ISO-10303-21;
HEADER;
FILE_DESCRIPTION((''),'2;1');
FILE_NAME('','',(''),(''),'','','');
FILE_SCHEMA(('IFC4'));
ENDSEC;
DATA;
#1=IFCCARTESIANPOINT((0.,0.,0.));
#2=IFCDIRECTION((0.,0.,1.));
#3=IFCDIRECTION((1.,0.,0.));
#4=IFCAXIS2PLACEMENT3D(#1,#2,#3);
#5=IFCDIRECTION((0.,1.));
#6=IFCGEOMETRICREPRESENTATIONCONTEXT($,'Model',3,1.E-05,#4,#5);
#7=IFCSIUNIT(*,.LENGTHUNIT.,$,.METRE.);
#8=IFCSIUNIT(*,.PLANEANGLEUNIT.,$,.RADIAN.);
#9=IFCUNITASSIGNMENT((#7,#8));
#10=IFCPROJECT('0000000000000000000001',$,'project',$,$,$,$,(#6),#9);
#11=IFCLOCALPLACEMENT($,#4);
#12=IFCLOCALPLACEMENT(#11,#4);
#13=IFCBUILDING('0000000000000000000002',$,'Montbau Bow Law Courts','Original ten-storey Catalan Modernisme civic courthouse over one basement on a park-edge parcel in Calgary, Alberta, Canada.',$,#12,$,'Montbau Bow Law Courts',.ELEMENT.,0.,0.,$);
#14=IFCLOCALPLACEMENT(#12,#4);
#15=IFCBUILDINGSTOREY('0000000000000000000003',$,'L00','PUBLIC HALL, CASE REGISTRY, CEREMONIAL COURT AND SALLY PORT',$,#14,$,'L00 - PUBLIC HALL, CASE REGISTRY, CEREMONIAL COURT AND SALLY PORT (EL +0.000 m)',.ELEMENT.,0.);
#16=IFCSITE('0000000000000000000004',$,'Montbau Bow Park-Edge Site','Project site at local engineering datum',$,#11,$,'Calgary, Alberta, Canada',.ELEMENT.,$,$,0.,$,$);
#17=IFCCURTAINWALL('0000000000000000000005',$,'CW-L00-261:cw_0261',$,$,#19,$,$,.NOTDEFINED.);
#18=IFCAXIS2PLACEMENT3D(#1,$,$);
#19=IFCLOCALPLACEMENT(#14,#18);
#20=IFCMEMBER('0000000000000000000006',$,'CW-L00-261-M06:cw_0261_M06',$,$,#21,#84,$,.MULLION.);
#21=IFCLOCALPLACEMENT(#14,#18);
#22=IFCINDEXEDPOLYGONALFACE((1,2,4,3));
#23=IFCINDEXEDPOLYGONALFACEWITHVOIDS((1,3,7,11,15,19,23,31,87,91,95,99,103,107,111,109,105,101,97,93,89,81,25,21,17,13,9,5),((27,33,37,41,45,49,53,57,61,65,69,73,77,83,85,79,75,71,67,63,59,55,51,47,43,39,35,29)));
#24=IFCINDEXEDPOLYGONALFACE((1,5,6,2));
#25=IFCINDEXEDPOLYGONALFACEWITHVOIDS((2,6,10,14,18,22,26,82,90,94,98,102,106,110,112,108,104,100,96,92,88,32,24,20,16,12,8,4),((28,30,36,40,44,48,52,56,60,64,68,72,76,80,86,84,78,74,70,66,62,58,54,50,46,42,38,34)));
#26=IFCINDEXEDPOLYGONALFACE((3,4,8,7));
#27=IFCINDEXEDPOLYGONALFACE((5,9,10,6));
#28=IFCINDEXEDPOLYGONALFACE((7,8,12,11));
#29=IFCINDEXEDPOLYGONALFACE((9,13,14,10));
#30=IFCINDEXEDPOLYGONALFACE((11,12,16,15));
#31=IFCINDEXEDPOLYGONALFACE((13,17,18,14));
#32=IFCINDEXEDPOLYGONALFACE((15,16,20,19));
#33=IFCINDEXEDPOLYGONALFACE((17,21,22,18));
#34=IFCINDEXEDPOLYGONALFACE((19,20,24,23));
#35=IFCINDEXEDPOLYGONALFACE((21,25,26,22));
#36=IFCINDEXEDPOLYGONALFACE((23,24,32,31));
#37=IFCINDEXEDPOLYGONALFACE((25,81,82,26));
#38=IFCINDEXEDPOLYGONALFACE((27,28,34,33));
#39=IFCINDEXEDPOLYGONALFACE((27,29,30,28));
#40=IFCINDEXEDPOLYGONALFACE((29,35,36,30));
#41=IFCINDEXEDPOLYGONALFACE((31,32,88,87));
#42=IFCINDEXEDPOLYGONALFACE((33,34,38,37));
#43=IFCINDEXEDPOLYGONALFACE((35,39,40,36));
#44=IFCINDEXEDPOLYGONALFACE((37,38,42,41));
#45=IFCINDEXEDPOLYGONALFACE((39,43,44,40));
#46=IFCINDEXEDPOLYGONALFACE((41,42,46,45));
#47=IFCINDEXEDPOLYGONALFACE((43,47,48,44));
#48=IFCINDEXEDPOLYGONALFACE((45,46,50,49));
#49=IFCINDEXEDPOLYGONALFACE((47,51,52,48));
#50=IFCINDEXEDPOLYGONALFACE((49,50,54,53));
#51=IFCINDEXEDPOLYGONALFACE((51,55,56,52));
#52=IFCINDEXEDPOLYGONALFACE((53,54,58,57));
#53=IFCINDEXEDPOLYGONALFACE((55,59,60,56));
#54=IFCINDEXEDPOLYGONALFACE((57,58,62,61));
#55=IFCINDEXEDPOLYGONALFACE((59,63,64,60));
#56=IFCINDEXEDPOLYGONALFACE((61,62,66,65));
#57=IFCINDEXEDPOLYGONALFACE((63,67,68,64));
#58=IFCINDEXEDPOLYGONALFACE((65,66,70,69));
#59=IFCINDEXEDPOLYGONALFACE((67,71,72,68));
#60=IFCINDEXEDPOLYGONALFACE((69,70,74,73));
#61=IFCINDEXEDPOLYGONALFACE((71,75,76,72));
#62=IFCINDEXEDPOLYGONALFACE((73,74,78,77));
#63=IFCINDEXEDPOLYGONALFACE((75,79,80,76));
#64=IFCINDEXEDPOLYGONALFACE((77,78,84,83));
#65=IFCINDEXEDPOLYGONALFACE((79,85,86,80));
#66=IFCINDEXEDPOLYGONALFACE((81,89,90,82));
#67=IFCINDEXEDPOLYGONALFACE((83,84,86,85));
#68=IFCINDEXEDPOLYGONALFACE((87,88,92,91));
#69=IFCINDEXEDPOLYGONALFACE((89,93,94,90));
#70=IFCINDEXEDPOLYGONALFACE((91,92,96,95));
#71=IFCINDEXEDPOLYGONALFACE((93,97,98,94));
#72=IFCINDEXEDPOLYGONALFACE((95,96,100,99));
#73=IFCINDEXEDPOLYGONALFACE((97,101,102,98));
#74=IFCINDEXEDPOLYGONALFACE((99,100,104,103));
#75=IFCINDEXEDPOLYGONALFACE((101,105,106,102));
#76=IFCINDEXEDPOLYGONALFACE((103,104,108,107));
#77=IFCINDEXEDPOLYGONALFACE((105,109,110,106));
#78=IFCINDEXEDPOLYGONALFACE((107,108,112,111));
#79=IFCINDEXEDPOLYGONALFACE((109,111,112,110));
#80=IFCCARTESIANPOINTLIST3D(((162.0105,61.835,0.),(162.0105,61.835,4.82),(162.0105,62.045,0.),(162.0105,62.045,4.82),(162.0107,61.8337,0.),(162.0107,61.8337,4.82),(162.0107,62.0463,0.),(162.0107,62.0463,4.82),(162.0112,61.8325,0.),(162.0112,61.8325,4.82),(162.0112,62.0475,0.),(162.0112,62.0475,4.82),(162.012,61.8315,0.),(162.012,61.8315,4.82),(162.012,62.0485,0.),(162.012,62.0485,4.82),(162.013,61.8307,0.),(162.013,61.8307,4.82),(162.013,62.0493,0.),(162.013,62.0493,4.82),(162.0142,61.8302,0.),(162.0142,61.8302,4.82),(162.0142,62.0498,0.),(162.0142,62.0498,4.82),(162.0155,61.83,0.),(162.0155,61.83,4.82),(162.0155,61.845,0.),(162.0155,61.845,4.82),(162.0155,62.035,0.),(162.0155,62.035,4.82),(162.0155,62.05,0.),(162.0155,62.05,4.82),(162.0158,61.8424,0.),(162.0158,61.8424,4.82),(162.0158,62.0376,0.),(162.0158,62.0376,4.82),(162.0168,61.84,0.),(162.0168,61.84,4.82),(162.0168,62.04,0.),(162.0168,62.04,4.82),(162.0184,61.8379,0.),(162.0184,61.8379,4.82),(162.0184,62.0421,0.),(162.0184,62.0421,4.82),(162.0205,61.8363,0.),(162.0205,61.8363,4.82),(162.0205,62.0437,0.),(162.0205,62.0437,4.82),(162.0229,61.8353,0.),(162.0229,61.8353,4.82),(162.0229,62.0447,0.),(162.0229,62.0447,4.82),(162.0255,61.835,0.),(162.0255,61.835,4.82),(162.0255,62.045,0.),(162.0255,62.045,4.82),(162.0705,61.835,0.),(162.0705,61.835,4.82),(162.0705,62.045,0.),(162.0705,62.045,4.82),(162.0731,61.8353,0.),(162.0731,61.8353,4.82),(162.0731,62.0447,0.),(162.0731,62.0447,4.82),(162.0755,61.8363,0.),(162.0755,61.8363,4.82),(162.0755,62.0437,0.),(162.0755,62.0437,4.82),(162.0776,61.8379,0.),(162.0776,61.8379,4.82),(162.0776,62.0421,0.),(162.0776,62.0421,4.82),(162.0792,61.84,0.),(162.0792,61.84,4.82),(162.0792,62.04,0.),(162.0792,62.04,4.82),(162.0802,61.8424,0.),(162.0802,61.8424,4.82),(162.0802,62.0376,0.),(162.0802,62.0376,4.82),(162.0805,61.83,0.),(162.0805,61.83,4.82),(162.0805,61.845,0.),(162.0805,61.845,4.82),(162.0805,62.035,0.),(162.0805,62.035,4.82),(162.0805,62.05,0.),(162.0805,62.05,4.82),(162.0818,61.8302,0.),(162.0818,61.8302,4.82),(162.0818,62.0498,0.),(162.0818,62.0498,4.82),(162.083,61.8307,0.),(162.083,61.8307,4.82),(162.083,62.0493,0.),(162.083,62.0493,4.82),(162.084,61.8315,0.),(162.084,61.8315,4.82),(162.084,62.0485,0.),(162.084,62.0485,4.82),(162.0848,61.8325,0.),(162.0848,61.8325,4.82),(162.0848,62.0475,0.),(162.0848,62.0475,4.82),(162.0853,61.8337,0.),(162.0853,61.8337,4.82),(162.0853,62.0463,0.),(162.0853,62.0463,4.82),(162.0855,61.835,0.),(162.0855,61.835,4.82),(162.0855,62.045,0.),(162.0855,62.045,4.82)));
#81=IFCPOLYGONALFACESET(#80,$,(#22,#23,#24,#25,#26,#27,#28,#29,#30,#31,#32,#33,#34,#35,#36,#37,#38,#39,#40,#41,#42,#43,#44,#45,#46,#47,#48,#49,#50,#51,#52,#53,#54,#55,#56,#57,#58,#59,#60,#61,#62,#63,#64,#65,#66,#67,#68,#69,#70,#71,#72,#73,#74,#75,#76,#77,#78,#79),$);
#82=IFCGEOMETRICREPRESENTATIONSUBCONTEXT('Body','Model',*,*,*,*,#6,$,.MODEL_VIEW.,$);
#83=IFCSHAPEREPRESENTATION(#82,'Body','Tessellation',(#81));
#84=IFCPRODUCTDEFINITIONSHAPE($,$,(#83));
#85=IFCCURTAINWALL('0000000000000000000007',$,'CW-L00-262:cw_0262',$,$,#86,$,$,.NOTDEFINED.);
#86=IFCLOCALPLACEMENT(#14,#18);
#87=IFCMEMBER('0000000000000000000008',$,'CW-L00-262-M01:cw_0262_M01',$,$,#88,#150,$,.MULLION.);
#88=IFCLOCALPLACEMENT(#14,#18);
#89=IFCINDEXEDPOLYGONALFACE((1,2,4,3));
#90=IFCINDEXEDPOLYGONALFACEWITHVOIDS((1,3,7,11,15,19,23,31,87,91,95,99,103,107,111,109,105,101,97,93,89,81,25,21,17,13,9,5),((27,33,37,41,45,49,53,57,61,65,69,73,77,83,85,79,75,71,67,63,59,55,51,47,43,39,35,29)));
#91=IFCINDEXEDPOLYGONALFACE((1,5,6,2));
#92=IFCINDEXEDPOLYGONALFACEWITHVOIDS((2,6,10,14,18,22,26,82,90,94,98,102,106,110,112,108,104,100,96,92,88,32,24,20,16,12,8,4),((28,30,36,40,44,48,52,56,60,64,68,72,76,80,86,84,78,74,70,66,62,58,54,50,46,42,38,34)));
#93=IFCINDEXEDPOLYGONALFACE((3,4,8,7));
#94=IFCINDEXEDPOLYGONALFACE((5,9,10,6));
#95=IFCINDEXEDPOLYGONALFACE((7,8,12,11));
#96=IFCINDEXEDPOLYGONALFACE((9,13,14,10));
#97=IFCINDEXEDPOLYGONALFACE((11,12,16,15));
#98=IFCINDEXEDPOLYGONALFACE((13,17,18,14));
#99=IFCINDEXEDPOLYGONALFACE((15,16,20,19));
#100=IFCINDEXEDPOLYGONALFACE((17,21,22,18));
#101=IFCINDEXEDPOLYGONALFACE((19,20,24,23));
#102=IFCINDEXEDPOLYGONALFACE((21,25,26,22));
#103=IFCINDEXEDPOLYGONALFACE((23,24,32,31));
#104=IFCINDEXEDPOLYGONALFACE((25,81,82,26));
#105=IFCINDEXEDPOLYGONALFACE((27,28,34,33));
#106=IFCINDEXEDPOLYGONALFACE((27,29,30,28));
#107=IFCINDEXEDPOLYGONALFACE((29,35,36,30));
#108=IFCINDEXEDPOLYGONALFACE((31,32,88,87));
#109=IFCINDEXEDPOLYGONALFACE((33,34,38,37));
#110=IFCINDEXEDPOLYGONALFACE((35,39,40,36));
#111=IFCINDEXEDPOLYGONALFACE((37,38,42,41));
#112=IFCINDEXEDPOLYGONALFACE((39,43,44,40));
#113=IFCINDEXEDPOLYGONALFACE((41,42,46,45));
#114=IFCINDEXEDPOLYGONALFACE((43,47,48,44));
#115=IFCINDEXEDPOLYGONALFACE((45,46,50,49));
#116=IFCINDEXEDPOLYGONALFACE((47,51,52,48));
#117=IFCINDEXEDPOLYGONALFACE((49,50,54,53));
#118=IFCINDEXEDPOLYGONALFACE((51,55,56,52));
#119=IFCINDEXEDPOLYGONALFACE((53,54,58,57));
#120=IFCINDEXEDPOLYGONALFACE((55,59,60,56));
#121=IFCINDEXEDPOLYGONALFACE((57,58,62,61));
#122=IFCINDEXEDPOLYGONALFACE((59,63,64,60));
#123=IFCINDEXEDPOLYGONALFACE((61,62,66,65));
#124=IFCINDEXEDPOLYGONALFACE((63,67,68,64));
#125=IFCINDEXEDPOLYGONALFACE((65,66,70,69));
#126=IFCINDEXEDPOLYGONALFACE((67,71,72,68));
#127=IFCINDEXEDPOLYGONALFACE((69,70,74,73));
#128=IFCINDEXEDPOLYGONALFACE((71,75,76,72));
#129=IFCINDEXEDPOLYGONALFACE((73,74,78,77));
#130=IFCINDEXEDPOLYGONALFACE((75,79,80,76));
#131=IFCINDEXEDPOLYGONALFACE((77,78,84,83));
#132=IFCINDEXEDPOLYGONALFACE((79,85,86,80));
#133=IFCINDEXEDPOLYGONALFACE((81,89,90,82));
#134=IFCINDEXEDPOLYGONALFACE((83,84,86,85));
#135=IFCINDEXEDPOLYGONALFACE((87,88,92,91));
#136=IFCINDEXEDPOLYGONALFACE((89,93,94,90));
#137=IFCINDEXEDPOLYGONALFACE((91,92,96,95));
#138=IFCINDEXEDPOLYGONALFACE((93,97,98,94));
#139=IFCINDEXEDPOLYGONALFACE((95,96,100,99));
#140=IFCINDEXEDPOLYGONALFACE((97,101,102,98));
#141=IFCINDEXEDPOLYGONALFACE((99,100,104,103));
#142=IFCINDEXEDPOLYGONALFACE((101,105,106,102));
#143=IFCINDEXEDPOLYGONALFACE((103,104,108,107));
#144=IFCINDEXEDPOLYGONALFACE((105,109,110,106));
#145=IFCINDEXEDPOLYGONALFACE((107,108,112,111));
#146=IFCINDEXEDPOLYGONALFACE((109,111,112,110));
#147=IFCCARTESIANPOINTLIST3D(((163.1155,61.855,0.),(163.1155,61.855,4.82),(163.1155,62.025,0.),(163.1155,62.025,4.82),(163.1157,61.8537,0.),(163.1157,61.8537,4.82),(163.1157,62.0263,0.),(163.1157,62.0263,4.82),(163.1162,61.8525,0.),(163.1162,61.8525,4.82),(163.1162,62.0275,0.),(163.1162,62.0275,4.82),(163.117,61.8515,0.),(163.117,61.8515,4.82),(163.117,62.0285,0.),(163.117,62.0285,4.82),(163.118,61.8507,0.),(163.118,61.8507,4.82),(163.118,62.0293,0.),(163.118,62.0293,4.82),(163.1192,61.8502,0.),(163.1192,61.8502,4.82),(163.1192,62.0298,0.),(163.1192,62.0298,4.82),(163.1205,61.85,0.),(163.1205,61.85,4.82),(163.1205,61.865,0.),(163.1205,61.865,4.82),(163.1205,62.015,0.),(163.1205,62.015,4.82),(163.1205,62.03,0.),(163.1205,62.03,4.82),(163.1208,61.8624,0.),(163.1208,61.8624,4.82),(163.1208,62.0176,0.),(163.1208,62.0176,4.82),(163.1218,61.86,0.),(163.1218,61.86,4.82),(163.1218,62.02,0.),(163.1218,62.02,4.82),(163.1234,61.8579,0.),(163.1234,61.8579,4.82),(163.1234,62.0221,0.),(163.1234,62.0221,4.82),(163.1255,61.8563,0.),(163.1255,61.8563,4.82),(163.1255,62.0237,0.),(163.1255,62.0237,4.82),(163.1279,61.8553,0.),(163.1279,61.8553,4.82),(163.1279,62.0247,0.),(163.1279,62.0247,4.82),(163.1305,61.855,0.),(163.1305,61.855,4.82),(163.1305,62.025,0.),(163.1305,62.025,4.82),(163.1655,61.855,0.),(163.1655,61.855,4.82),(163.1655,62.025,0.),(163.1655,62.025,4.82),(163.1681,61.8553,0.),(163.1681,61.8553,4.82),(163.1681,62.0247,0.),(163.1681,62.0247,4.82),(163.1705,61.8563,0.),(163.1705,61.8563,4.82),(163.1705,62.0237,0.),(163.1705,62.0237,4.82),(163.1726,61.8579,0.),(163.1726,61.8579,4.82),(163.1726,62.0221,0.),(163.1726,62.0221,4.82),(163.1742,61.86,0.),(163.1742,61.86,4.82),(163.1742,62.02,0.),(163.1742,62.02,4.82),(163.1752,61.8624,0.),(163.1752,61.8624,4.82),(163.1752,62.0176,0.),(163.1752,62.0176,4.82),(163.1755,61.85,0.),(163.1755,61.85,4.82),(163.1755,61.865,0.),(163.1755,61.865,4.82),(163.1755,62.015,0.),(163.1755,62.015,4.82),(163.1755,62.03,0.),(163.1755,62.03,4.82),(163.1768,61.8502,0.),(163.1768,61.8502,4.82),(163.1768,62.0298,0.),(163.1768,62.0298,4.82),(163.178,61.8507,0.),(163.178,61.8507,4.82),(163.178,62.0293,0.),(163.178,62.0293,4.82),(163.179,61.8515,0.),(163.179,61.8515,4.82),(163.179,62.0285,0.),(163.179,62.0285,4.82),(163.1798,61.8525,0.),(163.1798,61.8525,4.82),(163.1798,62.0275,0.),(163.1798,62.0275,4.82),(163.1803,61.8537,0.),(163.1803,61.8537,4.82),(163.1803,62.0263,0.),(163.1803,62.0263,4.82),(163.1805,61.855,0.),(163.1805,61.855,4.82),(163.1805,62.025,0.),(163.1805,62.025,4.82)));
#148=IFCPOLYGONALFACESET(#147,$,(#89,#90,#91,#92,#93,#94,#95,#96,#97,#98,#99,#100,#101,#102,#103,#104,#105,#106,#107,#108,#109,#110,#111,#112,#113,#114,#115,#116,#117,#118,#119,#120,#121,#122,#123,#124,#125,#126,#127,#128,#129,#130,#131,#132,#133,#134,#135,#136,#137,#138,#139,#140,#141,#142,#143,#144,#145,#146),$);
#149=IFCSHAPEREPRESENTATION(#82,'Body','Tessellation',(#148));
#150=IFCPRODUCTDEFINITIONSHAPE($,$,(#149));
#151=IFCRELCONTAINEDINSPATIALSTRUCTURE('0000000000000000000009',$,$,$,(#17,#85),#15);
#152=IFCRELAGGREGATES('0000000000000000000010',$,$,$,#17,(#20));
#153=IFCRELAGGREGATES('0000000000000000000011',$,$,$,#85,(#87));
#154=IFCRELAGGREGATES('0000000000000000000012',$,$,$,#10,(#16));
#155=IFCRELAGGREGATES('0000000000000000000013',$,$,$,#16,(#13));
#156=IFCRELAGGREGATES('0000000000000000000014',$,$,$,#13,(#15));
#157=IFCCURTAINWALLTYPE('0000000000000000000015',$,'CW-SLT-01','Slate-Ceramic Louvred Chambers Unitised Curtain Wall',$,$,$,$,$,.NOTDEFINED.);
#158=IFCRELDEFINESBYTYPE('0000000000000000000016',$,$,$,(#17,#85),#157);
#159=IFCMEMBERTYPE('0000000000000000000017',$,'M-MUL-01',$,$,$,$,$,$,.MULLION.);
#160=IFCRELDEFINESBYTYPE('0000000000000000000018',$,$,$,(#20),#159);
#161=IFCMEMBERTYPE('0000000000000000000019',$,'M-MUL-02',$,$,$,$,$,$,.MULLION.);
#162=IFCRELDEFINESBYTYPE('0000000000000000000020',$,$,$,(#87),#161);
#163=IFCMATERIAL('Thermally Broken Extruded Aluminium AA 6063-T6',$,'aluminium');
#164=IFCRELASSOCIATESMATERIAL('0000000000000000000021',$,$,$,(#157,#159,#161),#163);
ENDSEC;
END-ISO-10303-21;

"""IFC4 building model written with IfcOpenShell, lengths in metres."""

from ifc_helpers import new_model, si_unit, direction, frame, origin_with_axes, origin_2d_with_axis, place, context, subcontext, project, spatial, hollow_rectangle, extrude, material, material_profile, profile_set, type_object, element, aggregate, save


model = new_model("IFC4")

# Units and contexts
model_context = context("Model", 3, precision=1e-05, world=origin_with_axes(), true_north=direction((0.0, 1.0)))
body_context = subcontext(model_context, "Body", "Model", "MODEL_VIEW")
ifc_project = project(units=[si_unit("LENGTHUNIT", "METRE"), si_unit("PLANEANGLEUNIT", "RADIAN")], contexts=[model_context])

# Site, building, storey
site_placement = place(None, origin_with_axes())
site = spatial("IfcSite", under=ifc_project, at=site_placement, Name="Montbau Bow Park-Edge Site", Description="Project site at local engineering datum", LongName="Calgary, Alberta, Canada", CompositionType="ELEMENT", RefElevation=0.0)
building_placement = place(site_placement, origin_with_axes())
building = spatial("IfcBuilding", under=site, at=building_placement, Name="Montbau Bow Law Courts", Description="Original ten-storey Catalan Modernisme civic courthouse over one basement on a park-edge parcel in Calgary, Alberta, Canada.", LongName="Montbau Bow Law Courts", CompositionType="ELEMENT", ElevationOfRefHeight=0.0, ElevationOfTerrain=0.0)
storey_placement = place(building_placement, origin_with_axes())
storey = spatial("IfcBuildingStorey", under=building, at=storey_placement, Name="L00", Description="PUBLIC HALL, CASE REGISTRY, CEREMONIAL COURT AND SALLY PORT", LongName="L00 - PUBLIC HALL, CASE REGISTRY, CEREMONIAL COURT AND SALLY PORT (EL +0.000 m)", CompositionType="ELEMENT", Elevation=0.0)

# Curtain wall, member
ifc_material_1 = material(Name="Thermally Broken Extruded Aluminium AA 6063-T6", Category="aluminium")
curtain_wall_type = type_object("IfcCurtainWallType", Name="CW-SLT-01", Description="Slate-Ceramic Louvred Chambers Unitised Curtain Wall", PredefinedType="NOTDEFINED", material=ifc_material_1)
curtain_wall_1_placement = place(None, frame((155.315, 61.94, 0.0), z_axis=(0.0, 0.0, 1.0), x_axis=(1.0, 0.0, 0.0)))
curtain_wall_1 = element("IfcCurtainWall", 1, at=curtain_wall_1_placement, inside=storey, type_object=curtain_wall_type, Name="CW-L00-261:cw_0261", PredefinedType="NOTDEFINED")
ifc_material_profile_1 = material_profile(ifc_material_1, hollow_rectangle(XDim=0.075, YDim=0.22, WallThickness=0.005, InnerFilletRadius=0.01, OuterFilletRadius=0.005, at=origin_2d_with_axis()), Name="CWM-220X75", Category="Main", Priority=0)
ifc_profile_set_1 = profile_set([ifc_material_profile_1], Name="Thermally Broken Extruded Aluminium AA 6063-T6")
member_type_1 = type_object("IfcMemberType", Name="M-MUL-01", PredefinedType="MULLION", material=ifc_profile_set_1)
member_1_placement = place(None, frame((162.048, 61.94, 0.0), z_axis=(0.0, 0.0, 1.0), x_axis=(1.0, 0.0, 0.0)))
member_1 = element("IfcMember", 2, at=member_1_placement, type_object=member_type_1, Name="CW-L00-261-M06:cw_0261_M06", PredefinedType="MULLION", context=body_context, shape_type="SweptSolid", body=[
    extrude(hollow_rectangle(XDim=0.075, YDim=0.22, WallThickness=0.005, InnerFilletRadius=0.01, OuterFilletRadius=0.005, at=origin_2d_with_axis()), origin_with_axes(), (0.0, 0.0, 1.0), 4.82),
])

# Curtain wall, member
curtain_wall_2_placement = place(None, frame((163.115, 61.94, 0.0), z_axis=(0.0, 0.0, 1.0), x_axis=(1.0, 0.0, 0.0)))
curtain_wall_2 = element("IfcCurtainWall", 3, at=curtain_wall_2_placement, inside=storey, type_object=curtain_wall_type, Name="CW-L00-262:cw_0262", PredefinedType="NOTDEFINED")
ifc_material_profile_2 = material_profile(ifc_material_1, hollow_rectangle(XDim=0.065, YDim=0.18, WallThickness=0.005, InnerFilletRadius=0.01, OuterFilletRadius=0.005, at=origin_2d_with_axis()), Name="CWM-180X65", Category="Main", Priority=0)
ifc_profile_set_2 = profile_set([ifc_material_profile_2], Name="Thermally Broken Extruded Aluminium AA 6063-T6")
member_type_2 = type_object("IfcMemberType", Name="M-MUL-02", PredefinedType="MULLION", material=ifc_profile_set_2)
member_2_placement = place(None, frame((163.148, 61.94, 0.0), z_axis=(0.0, 0.0, 1.0), x_axis=(1.0, 0.0, 0.0)))
member_2 = element("IfcMember", 4, at=member_2_placement, type_object=member_type_2, Name="CW-L00-262-M01:cw_0262_M01", PredefinedType="MULLION", context=body_context, shape_type="SweptSolid", body=[
    extrude(hollow_rectangle(XDim=0.065, YDim=0.18, WallThickness=0.005, InnerFilletRadius=0.01, OuterFilletRadius=0.005, at=origin_2d_with_axis()), origin_with_axes(), (0.0, 0.0, 1.0), 4.82),
])

aggregate(curtain_wall_1, [member_1])

aggregate(curtain_wall_2, [member_2])

save(model, "model.ifc")
